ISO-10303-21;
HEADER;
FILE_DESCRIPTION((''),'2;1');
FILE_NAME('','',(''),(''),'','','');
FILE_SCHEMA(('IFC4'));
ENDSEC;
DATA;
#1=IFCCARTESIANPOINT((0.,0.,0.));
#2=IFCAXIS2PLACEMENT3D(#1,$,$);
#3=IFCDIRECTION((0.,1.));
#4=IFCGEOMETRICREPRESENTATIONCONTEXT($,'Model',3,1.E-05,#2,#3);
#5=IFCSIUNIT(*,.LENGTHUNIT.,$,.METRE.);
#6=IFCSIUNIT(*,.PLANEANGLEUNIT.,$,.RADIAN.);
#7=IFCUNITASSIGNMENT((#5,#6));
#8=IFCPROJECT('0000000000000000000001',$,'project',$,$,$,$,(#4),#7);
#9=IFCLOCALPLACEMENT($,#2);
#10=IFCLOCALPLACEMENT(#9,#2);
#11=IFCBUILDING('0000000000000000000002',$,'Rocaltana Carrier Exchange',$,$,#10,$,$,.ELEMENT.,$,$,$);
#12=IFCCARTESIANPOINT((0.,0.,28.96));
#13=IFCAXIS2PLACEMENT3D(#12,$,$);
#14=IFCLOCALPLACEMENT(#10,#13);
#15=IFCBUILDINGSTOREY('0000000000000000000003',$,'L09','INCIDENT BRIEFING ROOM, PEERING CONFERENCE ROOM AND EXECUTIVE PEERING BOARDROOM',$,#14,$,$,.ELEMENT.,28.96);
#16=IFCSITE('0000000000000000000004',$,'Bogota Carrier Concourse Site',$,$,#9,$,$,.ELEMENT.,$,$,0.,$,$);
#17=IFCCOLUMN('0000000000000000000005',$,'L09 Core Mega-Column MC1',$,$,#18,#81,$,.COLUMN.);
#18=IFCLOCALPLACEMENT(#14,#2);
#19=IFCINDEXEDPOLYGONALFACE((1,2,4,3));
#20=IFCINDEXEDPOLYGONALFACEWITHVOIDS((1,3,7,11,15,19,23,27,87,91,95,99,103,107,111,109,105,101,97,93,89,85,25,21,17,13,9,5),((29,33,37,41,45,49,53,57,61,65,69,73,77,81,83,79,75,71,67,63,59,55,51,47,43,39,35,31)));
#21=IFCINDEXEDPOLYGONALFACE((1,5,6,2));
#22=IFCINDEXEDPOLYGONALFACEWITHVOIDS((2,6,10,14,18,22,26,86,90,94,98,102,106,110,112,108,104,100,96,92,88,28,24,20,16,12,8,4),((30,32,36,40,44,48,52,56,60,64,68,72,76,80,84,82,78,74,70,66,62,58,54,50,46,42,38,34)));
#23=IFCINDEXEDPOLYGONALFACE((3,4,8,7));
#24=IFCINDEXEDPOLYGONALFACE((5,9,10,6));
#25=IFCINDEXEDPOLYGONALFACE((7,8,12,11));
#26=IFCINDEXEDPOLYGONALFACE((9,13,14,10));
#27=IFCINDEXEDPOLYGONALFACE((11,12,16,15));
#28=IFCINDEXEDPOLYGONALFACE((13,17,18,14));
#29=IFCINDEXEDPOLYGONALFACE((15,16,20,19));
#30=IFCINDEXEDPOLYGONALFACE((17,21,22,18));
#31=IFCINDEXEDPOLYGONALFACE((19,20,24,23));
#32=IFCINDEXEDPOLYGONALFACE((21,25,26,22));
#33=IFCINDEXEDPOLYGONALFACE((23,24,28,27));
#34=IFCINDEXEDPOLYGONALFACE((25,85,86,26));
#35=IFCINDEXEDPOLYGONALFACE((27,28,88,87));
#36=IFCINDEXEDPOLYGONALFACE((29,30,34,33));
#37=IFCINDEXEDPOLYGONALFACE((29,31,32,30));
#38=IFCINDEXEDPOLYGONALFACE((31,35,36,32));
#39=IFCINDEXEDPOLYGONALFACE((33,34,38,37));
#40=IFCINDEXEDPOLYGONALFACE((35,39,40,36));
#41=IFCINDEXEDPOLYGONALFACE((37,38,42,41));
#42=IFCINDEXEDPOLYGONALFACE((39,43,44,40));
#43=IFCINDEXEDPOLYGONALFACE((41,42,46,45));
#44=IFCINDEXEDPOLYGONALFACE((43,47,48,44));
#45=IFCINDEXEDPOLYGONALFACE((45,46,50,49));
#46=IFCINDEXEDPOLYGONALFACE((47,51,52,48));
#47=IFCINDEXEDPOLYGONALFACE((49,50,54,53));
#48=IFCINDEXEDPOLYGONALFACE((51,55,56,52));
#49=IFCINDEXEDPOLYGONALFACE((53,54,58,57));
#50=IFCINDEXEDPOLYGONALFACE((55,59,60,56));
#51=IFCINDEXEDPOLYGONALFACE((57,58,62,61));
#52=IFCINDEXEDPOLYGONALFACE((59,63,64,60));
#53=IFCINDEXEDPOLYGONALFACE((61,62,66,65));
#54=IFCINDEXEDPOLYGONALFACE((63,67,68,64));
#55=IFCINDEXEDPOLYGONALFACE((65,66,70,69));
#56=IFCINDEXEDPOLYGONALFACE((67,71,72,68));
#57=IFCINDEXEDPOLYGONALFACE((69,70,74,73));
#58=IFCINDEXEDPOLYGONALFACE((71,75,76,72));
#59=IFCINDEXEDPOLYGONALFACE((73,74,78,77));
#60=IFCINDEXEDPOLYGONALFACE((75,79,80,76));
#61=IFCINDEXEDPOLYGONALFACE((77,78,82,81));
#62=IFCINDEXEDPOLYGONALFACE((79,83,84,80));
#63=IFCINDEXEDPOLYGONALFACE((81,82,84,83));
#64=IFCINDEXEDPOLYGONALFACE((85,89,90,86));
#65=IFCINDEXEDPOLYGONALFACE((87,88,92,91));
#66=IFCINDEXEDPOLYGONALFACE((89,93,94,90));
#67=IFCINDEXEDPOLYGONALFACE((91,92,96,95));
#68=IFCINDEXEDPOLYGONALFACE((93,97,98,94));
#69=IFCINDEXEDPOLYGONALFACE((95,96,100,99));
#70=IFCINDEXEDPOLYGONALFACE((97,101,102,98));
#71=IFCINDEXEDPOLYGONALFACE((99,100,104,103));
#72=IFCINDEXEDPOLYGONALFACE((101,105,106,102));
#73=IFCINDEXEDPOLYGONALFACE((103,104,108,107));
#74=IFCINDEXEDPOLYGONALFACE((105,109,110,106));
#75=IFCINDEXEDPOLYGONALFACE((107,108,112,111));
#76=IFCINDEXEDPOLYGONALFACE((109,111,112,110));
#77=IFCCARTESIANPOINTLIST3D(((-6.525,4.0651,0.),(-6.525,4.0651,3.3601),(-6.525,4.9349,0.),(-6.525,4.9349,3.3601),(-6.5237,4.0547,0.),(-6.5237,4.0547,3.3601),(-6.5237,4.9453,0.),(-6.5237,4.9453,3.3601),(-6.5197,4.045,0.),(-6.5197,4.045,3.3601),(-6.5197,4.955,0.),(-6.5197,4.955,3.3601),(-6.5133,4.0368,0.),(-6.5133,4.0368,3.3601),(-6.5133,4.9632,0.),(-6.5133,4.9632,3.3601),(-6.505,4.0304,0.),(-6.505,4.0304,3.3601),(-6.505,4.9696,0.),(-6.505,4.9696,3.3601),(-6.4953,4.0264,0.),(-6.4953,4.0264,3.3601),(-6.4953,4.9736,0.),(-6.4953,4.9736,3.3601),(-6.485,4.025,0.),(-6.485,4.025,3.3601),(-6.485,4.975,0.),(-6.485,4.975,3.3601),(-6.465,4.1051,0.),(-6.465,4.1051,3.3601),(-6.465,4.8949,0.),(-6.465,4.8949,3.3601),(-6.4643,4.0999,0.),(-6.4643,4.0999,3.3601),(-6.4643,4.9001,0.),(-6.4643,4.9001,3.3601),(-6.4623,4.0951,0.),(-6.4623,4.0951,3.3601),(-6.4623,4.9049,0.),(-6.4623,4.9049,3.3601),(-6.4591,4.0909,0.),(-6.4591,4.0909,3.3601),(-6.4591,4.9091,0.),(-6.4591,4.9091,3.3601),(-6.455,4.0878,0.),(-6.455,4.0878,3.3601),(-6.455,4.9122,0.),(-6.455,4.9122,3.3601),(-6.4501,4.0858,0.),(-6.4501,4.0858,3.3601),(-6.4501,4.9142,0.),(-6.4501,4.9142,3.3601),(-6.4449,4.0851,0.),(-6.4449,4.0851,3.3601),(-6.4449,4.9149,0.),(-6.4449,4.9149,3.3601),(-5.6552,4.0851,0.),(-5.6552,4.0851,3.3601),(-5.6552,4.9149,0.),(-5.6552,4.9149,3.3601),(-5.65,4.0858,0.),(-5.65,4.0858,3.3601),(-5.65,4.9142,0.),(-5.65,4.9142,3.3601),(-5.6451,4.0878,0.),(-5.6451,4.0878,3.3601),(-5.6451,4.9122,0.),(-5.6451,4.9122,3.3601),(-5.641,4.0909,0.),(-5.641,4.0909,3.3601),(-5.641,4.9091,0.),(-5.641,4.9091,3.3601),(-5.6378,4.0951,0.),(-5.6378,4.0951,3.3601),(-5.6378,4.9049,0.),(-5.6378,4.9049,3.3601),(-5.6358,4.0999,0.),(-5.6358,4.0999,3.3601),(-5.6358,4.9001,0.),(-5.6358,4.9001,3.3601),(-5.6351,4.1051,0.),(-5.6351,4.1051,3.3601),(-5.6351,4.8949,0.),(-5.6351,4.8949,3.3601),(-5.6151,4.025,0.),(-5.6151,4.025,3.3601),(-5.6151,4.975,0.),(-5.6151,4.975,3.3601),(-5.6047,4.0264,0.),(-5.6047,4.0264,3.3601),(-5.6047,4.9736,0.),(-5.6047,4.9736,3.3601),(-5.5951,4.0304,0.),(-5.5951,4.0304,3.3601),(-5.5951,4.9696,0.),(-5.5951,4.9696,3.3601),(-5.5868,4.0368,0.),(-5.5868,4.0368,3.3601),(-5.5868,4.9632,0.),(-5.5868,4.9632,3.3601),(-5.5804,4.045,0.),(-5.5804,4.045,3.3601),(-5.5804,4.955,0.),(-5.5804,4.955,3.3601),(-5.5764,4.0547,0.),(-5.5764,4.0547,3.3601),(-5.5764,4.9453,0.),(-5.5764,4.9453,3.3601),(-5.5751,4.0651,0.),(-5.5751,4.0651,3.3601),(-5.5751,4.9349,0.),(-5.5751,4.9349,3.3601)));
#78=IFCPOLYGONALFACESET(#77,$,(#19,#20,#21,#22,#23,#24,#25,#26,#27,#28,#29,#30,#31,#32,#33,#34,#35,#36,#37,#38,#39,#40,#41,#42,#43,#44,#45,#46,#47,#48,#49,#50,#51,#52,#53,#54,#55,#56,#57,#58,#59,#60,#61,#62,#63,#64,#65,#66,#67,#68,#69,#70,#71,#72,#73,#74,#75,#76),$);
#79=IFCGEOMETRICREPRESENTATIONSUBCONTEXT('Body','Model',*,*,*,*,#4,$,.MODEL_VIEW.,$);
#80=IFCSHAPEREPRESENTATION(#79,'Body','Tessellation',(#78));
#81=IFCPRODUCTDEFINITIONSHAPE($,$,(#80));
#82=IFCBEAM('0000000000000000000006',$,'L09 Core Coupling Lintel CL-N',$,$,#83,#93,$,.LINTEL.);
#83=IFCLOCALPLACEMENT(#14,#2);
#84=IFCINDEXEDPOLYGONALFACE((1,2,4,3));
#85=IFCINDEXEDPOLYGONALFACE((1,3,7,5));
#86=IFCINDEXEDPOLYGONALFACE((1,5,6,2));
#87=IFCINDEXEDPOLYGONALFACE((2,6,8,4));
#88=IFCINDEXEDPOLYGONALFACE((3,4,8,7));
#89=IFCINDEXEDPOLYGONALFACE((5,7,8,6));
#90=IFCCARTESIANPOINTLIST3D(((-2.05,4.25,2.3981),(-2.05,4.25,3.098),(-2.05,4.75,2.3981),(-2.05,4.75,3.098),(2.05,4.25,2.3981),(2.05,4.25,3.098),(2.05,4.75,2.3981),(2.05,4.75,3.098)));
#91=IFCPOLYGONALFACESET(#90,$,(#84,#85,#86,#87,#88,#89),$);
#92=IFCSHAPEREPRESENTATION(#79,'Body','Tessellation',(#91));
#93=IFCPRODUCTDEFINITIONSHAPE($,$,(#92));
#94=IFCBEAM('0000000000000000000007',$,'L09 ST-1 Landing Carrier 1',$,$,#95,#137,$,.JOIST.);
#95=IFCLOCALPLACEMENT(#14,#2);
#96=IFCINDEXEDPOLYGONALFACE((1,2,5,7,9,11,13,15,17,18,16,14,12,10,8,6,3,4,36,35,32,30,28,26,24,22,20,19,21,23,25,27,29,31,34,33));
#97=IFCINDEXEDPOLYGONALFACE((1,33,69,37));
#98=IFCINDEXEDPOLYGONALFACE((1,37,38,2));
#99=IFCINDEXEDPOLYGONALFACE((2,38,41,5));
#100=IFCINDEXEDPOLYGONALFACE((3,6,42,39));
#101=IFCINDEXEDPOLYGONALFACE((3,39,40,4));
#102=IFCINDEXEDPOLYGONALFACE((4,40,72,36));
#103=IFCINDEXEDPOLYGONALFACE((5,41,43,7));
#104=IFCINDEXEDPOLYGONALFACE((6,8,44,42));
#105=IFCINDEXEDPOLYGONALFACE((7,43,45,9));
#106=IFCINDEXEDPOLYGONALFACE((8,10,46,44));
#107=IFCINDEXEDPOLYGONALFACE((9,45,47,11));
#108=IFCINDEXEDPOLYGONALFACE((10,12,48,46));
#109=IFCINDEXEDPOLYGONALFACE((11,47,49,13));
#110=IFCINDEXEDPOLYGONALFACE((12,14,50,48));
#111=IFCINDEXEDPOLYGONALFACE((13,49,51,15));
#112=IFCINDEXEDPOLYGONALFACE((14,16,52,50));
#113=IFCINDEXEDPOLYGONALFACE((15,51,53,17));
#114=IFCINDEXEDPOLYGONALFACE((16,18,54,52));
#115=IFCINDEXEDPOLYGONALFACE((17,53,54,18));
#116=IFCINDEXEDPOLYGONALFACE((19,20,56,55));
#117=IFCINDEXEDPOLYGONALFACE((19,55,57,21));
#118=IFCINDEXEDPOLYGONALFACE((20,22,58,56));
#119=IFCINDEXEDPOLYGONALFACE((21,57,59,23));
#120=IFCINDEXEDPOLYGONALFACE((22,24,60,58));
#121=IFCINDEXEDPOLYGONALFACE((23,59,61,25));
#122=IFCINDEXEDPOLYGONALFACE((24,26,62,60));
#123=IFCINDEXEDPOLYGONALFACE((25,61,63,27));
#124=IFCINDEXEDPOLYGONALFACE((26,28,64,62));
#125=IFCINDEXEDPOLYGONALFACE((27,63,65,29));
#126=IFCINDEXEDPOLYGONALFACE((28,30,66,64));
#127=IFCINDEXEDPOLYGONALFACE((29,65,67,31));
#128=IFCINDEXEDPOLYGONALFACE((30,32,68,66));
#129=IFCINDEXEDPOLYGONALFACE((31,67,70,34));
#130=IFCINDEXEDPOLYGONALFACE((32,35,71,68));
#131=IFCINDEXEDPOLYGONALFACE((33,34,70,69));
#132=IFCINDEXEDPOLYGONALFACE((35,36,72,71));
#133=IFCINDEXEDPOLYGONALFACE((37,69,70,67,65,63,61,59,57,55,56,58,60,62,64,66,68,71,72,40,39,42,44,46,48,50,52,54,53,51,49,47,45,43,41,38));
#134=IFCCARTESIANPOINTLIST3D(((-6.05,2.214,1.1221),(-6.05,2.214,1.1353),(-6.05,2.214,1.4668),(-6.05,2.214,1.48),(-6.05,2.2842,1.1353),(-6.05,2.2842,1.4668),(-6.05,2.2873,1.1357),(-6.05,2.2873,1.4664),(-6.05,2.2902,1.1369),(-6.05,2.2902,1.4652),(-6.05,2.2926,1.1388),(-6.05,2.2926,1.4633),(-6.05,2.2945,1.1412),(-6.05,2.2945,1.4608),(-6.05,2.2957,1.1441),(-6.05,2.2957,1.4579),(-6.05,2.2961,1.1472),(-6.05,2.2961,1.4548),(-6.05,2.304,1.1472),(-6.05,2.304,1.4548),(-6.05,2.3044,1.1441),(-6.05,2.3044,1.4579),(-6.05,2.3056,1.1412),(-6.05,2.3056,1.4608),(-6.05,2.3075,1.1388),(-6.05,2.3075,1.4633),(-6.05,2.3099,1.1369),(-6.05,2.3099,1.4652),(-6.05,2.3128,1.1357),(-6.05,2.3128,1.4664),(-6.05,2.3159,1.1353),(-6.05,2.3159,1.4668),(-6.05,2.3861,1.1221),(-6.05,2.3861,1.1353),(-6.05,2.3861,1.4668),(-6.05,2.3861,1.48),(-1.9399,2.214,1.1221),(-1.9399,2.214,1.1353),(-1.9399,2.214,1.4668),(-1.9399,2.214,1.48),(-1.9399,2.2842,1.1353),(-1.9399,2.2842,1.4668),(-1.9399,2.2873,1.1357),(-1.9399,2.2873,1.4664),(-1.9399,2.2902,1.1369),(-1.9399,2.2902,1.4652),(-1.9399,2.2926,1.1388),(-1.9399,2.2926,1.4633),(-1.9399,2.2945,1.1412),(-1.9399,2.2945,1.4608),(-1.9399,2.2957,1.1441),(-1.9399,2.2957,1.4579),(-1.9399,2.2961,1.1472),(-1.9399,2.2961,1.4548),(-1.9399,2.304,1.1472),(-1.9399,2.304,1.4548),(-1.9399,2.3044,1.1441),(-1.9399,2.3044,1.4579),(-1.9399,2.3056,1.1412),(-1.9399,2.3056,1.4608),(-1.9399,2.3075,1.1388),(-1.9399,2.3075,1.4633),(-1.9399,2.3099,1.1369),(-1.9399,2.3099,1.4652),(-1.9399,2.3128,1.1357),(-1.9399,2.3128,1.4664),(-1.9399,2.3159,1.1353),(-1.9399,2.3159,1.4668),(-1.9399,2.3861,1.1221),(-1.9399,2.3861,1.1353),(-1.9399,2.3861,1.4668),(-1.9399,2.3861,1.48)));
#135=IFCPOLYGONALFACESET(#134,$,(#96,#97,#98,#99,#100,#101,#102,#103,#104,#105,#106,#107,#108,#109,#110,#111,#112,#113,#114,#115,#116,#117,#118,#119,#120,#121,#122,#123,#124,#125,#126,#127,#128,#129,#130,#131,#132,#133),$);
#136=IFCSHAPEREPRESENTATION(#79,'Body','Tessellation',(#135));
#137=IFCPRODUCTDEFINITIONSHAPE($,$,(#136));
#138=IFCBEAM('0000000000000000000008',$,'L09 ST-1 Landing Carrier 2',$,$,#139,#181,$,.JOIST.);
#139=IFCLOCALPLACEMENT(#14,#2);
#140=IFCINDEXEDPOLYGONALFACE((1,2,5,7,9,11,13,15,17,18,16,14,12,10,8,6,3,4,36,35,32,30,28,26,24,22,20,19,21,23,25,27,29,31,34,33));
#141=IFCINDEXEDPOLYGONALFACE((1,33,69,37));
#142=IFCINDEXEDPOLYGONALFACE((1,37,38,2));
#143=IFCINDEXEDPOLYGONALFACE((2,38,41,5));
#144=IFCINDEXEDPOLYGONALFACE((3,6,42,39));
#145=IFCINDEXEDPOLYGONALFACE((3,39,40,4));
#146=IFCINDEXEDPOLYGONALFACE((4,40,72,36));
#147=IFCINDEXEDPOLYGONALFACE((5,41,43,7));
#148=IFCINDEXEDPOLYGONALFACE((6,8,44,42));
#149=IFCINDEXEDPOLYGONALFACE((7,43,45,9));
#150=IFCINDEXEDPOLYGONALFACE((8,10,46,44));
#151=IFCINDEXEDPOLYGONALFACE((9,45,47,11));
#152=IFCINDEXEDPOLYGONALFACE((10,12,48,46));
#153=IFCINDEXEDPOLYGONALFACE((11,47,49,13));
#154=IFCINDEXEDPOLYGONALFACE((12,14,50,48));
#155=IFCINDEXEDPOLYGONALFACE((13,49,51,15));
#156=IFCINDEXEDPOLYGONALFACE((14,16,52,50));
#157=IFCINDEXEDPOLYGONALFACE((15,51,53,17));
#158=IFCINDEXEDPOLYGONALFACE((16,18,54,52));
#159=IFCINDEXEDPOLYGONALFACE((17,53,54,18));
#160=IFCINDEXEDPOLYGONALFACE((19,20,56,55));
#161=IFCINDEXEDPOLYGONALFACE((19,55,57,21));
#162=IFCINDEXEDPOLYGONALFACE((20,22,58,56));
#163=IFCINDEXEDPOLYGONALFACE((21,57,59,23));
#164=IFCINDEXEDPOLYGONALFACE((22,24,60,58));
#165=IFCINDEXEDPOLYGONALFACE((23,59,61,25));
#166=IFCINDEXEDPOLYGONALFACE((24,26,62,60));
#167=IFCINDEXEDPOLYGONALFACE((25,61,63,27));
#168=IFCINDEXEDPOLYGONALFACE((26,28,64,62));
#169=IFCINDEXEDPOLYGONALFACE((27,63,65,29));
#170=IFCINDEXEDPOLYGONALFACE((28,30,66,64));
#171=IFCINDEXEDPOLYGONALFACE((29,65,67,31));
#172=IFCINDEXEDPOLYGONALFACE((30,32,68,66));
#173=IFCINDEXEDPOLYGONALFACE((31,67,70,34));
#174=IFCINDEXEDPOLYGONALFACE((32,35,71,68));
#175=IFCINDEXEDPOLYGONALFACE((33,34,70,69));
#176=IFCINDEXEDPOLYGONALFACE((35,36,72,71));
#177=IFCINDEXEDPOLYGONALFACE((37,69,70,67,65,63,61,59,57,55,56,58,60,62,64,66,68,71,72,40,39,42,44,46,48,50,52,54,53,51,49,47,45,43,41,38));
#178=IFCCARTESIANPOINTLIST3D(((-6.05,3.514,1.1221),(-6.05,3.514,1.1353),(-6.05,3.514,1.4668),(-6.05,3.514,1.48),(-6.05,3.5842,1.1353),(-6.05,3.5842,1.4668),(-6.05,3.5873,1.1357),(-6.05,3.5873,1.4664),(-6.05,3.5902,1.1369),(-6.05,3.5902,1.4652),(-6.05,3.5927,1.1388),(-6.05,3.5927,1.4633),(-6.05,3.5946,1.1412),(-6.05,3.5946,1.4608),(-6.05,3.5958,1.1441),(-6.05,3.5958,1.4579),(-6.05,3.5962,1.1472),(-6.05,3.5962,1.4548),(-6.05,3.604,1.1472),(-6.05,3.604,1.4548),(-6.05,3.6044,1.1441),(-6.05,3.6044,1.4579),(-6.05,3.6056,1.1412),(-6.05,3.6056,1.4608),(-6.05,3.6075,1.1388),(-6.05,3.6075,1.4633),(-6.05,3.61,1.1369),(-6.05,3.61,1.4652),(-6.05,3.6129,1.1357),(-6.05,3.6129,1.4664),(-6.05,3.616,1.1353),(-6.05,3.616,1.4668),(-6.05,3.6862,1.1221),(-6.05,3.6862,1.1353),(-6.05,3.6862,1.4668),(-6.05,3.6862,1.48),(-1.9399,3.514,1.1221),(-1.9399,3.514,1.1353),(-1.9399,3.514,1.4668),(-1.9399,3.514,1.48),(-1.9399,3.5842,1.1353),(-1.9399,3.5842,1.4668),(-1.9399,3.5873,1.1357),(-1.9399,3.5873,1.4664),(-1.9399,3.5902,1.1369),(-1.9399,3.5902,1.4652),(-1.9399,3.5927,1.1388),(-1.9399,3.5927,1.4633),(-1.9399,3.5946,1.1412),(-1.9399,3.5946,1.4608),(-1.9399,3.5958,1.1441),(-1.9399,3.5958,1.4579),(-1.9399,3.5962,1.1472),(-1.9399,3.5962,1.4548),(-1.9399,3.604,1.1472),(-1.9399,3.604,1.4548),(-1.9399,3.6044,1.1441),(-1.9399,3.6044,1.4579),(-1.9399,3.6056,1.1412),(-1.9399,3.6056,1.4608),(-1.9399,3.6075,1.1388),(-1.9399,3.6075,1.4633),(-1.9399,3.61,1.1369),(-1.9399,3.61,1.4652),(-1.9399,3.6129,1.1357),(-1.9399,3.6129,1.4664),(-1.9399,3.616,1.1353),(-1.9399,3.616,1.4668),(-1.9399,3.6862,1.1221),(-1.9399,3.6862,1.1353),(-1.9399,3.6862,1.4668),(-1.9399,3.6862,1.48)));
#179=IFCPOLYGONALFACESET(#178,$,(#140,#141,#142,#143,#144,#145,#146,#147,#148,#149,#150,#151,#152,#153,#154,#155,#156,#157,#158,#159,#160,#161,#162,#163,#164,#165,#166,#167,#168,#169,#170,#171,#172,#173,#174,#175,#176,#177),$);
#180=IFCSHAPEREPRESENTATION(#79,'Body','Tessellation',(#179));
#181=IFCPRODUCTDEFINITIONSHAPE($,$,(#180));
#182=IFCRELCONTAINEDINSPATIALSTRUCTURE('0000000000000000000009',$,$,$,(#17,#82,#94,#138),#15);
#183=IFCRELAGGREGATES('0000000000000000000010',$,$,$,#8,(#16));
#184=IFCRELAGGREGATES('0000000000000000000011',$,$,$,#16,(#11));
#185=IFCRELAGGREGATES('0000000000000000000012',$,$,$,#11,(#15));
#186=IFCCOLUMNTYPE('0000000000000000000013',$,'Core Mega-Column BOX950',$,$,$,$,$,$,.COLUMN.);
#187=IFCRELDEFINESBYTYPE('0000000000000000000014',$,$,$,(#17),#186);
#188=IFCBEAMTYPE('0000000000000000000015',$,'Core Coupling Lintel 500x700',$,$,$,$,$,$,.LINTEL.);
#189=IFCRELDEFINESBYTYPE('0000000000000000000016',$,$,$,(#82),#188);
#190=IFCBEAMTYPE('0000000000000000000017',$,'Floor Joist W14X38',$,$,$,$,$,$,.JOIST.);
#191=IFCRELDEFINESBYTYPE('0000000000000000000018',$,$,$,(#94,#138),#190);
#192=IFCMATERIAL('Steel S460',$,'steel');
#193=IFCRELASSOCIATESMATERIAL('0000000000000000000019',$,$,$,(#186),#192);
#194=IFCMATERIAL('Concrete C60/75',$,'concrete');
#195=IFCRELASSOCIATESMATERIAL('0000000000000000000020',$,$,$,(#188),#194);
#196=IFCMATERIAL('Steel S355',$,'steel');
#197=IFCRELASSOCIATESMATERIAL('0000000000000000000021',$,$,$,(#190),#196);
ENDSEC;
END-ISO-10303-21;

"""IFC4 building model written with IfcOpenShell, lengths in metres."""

from ifc_helpers import new_model, si_unit, direction, frame, origin, origin_2d, place, context, subcontext, project, spatial, rectangle, hollow_rectangle, i_section, extrude, material, material_profile, profile_set, type_object, element, save


model = new_model("IFC4")

# Units and contexts
model_context = context("Model", 3, precision=1e-05, world=origin(), true_north=direction((0.0, 1.0)))
body_context = subcontext(model_context, "Body", "Model", "MODEL_VIEW")
ifc_project = project(units=[si_unit("LENGTHUNIT", "METRE"), si_unit("PLANEANGLEUNIT", "RADIAN")], contexts=[model_context])

# Site, building, storey
site_placement = place(None, origin())
site = spatial("IfcSite", under=ifc_project, at=site_placement, Name="Bogota Carrier Concourse Site", CompositionType="ELEMENT", RefElevation=0.0)
building_placement = place(site_placement, origin())
building = spatial("IfcBuilding", under=site, at=building_placement, Name="Rocaltana Carrier Exchange", CompositionType="ELEMENT")
storey_placement = place(building_placement, frame((0.0, 0.0, 28.96)))
storey = spatial("IfcBuildingStorey", under=building, at=storey_placement, Name="L09", Description="INCIDENT BRIEFING ROOM, PEERING CONFERENCE ROOM AND EXECUTIVE PEERING BOARDROOM", CompositionType="ELEMENT", Elevation=28.96)

# Column
ifc_material_1 = material(Name="Steel S460", Category="steel")
ifc_material_profile_1 = material_profile(ifc_material_1, hollow_rectangle(XDim=0.95, YDim=0.95, WallThickness=0.0601, InnerFilletRadius=0.02, OuterFilletRadius=0.04, at=origin_2d()), Name="BOX950X950X60")
ifc_profile_set_1 = profile_set([ifc_material_profile_1], Name="Steel S460")
column_type = type_object("IfcColumnType", Name="Core Mega-Column BOX950", PredefinedType="COLUMN", material=ifc_profile_set_1)
column_placement = place(storey_placement, frame((-6.05, 4.5, 0.0), z_axis=(0.0, 0.0, 1.0), x_axis=(1.0, 0.0, 0.0)))
element("IfcColumn", 1, at=column_placement, inside=storey, type_object=column_type, Name="L09 Core Mega-Column MC1", PredefinedType="COLUMN", context=body_context, shape_type="SweptSolid", body=[
    extrude(hollow_rectangle(XDim=0.95, YDim=0.95, WallThickness=0.0601, InnerFilletRadius=0.02, OuterFilletRadius=0.04, at=origin_2d()), origin(), (0.0, 0.0, 1.0), 3.3601),
])

# Beams
ifc_material_2 = material(Name="Concrete C60/75", Category="concrete")
ifc_material_profile_2 = material_profile(ifc_material_2, rectangle(XDim=0.5, YDim=0.7, at=origin_2d()), Name="RC-BM-500X700")
ifc_profile_set_2 = profile_set([ifc_material_profile_2], Name="Concrete C60/75")
beam_type_1 = type_object("IfcBeamType", Name="Core Coupling Lintel 500x700", PredefinedType="LINTEL", material=ifc_profile_set_2)
beam_1_placement = place(storey_placement, frame((-2.05, 4.5, 2.748), z_axis=(1.0, 0.0, 0.0), x_axis=(0.0, 1.0, 0.0)))
element("IfcBeam", 2, at=beam_1_placement, inside=storey, type_object=beam_type_1, Name="L09 Core Coupling Lintel CL-N", PredefinedType="LINTEL", context=body_context, shape_type="SweptSolid", body=[
    extrude(rectangle(XDim=0.5, YDim=0.7, at=origin_2d()), origin(), (0.0, 0.0, 1.0), 4.1001),
])
ifc_material_3 = material(Name="Steel S355", Category="steel")
ifc_material_profile_3 = material_profile(ifc_material_3, i_section(OverallWidth=0.1721, OverallDepth=0.3579, WebThickness=0.0078, FlangeThickness=0.0132, FilletRadius=0.012, at=origin_2d()), Name="W14X38")
ifc_profile_set_3 = profile_set([ifc_material_profile_3], Name="Steel S355")
beam_type_2 = type_object("IfcBeamType", Name="Floor Joist W14X38", PredefinedType="JOIST", material=ifc_profile_set_3)
for number, where, z_axis, x_axis, name in (
    (3, (-6.05, 2.3, 1.301), (1.0, 0.0, 0.0), (0.0, 1.0, 0.0), "L09 ST-1 Landing Carrier 1"),
    (4, (-6.05, 3.6001, 1.301), (1.0, 0.0, 0.0), (0.0, 1.0, 0.0), "L09 ST-1 Landing Carrier 2"),
):
    element("IfcBeam", number, at=place(storey_placement, frame(where, z_axis=z_axis, x_axis=x_axis)), inside=storey, type_object=beam_type_2, Name=name, PredefinedType="JOIST", context=body_context, shape_type="SweptSolid", body=[
        extrude(i_section(OverallWidth=0.1721, OverallDepth=0.3579, WebThickness=0.0078, FlangeThickness=0.0132, FilletRadius=0.012, at=origin_2d()), origin(), (0.0, 0.0, 1.0), 4.1101),
    ])

save(model, "model.ifc")
